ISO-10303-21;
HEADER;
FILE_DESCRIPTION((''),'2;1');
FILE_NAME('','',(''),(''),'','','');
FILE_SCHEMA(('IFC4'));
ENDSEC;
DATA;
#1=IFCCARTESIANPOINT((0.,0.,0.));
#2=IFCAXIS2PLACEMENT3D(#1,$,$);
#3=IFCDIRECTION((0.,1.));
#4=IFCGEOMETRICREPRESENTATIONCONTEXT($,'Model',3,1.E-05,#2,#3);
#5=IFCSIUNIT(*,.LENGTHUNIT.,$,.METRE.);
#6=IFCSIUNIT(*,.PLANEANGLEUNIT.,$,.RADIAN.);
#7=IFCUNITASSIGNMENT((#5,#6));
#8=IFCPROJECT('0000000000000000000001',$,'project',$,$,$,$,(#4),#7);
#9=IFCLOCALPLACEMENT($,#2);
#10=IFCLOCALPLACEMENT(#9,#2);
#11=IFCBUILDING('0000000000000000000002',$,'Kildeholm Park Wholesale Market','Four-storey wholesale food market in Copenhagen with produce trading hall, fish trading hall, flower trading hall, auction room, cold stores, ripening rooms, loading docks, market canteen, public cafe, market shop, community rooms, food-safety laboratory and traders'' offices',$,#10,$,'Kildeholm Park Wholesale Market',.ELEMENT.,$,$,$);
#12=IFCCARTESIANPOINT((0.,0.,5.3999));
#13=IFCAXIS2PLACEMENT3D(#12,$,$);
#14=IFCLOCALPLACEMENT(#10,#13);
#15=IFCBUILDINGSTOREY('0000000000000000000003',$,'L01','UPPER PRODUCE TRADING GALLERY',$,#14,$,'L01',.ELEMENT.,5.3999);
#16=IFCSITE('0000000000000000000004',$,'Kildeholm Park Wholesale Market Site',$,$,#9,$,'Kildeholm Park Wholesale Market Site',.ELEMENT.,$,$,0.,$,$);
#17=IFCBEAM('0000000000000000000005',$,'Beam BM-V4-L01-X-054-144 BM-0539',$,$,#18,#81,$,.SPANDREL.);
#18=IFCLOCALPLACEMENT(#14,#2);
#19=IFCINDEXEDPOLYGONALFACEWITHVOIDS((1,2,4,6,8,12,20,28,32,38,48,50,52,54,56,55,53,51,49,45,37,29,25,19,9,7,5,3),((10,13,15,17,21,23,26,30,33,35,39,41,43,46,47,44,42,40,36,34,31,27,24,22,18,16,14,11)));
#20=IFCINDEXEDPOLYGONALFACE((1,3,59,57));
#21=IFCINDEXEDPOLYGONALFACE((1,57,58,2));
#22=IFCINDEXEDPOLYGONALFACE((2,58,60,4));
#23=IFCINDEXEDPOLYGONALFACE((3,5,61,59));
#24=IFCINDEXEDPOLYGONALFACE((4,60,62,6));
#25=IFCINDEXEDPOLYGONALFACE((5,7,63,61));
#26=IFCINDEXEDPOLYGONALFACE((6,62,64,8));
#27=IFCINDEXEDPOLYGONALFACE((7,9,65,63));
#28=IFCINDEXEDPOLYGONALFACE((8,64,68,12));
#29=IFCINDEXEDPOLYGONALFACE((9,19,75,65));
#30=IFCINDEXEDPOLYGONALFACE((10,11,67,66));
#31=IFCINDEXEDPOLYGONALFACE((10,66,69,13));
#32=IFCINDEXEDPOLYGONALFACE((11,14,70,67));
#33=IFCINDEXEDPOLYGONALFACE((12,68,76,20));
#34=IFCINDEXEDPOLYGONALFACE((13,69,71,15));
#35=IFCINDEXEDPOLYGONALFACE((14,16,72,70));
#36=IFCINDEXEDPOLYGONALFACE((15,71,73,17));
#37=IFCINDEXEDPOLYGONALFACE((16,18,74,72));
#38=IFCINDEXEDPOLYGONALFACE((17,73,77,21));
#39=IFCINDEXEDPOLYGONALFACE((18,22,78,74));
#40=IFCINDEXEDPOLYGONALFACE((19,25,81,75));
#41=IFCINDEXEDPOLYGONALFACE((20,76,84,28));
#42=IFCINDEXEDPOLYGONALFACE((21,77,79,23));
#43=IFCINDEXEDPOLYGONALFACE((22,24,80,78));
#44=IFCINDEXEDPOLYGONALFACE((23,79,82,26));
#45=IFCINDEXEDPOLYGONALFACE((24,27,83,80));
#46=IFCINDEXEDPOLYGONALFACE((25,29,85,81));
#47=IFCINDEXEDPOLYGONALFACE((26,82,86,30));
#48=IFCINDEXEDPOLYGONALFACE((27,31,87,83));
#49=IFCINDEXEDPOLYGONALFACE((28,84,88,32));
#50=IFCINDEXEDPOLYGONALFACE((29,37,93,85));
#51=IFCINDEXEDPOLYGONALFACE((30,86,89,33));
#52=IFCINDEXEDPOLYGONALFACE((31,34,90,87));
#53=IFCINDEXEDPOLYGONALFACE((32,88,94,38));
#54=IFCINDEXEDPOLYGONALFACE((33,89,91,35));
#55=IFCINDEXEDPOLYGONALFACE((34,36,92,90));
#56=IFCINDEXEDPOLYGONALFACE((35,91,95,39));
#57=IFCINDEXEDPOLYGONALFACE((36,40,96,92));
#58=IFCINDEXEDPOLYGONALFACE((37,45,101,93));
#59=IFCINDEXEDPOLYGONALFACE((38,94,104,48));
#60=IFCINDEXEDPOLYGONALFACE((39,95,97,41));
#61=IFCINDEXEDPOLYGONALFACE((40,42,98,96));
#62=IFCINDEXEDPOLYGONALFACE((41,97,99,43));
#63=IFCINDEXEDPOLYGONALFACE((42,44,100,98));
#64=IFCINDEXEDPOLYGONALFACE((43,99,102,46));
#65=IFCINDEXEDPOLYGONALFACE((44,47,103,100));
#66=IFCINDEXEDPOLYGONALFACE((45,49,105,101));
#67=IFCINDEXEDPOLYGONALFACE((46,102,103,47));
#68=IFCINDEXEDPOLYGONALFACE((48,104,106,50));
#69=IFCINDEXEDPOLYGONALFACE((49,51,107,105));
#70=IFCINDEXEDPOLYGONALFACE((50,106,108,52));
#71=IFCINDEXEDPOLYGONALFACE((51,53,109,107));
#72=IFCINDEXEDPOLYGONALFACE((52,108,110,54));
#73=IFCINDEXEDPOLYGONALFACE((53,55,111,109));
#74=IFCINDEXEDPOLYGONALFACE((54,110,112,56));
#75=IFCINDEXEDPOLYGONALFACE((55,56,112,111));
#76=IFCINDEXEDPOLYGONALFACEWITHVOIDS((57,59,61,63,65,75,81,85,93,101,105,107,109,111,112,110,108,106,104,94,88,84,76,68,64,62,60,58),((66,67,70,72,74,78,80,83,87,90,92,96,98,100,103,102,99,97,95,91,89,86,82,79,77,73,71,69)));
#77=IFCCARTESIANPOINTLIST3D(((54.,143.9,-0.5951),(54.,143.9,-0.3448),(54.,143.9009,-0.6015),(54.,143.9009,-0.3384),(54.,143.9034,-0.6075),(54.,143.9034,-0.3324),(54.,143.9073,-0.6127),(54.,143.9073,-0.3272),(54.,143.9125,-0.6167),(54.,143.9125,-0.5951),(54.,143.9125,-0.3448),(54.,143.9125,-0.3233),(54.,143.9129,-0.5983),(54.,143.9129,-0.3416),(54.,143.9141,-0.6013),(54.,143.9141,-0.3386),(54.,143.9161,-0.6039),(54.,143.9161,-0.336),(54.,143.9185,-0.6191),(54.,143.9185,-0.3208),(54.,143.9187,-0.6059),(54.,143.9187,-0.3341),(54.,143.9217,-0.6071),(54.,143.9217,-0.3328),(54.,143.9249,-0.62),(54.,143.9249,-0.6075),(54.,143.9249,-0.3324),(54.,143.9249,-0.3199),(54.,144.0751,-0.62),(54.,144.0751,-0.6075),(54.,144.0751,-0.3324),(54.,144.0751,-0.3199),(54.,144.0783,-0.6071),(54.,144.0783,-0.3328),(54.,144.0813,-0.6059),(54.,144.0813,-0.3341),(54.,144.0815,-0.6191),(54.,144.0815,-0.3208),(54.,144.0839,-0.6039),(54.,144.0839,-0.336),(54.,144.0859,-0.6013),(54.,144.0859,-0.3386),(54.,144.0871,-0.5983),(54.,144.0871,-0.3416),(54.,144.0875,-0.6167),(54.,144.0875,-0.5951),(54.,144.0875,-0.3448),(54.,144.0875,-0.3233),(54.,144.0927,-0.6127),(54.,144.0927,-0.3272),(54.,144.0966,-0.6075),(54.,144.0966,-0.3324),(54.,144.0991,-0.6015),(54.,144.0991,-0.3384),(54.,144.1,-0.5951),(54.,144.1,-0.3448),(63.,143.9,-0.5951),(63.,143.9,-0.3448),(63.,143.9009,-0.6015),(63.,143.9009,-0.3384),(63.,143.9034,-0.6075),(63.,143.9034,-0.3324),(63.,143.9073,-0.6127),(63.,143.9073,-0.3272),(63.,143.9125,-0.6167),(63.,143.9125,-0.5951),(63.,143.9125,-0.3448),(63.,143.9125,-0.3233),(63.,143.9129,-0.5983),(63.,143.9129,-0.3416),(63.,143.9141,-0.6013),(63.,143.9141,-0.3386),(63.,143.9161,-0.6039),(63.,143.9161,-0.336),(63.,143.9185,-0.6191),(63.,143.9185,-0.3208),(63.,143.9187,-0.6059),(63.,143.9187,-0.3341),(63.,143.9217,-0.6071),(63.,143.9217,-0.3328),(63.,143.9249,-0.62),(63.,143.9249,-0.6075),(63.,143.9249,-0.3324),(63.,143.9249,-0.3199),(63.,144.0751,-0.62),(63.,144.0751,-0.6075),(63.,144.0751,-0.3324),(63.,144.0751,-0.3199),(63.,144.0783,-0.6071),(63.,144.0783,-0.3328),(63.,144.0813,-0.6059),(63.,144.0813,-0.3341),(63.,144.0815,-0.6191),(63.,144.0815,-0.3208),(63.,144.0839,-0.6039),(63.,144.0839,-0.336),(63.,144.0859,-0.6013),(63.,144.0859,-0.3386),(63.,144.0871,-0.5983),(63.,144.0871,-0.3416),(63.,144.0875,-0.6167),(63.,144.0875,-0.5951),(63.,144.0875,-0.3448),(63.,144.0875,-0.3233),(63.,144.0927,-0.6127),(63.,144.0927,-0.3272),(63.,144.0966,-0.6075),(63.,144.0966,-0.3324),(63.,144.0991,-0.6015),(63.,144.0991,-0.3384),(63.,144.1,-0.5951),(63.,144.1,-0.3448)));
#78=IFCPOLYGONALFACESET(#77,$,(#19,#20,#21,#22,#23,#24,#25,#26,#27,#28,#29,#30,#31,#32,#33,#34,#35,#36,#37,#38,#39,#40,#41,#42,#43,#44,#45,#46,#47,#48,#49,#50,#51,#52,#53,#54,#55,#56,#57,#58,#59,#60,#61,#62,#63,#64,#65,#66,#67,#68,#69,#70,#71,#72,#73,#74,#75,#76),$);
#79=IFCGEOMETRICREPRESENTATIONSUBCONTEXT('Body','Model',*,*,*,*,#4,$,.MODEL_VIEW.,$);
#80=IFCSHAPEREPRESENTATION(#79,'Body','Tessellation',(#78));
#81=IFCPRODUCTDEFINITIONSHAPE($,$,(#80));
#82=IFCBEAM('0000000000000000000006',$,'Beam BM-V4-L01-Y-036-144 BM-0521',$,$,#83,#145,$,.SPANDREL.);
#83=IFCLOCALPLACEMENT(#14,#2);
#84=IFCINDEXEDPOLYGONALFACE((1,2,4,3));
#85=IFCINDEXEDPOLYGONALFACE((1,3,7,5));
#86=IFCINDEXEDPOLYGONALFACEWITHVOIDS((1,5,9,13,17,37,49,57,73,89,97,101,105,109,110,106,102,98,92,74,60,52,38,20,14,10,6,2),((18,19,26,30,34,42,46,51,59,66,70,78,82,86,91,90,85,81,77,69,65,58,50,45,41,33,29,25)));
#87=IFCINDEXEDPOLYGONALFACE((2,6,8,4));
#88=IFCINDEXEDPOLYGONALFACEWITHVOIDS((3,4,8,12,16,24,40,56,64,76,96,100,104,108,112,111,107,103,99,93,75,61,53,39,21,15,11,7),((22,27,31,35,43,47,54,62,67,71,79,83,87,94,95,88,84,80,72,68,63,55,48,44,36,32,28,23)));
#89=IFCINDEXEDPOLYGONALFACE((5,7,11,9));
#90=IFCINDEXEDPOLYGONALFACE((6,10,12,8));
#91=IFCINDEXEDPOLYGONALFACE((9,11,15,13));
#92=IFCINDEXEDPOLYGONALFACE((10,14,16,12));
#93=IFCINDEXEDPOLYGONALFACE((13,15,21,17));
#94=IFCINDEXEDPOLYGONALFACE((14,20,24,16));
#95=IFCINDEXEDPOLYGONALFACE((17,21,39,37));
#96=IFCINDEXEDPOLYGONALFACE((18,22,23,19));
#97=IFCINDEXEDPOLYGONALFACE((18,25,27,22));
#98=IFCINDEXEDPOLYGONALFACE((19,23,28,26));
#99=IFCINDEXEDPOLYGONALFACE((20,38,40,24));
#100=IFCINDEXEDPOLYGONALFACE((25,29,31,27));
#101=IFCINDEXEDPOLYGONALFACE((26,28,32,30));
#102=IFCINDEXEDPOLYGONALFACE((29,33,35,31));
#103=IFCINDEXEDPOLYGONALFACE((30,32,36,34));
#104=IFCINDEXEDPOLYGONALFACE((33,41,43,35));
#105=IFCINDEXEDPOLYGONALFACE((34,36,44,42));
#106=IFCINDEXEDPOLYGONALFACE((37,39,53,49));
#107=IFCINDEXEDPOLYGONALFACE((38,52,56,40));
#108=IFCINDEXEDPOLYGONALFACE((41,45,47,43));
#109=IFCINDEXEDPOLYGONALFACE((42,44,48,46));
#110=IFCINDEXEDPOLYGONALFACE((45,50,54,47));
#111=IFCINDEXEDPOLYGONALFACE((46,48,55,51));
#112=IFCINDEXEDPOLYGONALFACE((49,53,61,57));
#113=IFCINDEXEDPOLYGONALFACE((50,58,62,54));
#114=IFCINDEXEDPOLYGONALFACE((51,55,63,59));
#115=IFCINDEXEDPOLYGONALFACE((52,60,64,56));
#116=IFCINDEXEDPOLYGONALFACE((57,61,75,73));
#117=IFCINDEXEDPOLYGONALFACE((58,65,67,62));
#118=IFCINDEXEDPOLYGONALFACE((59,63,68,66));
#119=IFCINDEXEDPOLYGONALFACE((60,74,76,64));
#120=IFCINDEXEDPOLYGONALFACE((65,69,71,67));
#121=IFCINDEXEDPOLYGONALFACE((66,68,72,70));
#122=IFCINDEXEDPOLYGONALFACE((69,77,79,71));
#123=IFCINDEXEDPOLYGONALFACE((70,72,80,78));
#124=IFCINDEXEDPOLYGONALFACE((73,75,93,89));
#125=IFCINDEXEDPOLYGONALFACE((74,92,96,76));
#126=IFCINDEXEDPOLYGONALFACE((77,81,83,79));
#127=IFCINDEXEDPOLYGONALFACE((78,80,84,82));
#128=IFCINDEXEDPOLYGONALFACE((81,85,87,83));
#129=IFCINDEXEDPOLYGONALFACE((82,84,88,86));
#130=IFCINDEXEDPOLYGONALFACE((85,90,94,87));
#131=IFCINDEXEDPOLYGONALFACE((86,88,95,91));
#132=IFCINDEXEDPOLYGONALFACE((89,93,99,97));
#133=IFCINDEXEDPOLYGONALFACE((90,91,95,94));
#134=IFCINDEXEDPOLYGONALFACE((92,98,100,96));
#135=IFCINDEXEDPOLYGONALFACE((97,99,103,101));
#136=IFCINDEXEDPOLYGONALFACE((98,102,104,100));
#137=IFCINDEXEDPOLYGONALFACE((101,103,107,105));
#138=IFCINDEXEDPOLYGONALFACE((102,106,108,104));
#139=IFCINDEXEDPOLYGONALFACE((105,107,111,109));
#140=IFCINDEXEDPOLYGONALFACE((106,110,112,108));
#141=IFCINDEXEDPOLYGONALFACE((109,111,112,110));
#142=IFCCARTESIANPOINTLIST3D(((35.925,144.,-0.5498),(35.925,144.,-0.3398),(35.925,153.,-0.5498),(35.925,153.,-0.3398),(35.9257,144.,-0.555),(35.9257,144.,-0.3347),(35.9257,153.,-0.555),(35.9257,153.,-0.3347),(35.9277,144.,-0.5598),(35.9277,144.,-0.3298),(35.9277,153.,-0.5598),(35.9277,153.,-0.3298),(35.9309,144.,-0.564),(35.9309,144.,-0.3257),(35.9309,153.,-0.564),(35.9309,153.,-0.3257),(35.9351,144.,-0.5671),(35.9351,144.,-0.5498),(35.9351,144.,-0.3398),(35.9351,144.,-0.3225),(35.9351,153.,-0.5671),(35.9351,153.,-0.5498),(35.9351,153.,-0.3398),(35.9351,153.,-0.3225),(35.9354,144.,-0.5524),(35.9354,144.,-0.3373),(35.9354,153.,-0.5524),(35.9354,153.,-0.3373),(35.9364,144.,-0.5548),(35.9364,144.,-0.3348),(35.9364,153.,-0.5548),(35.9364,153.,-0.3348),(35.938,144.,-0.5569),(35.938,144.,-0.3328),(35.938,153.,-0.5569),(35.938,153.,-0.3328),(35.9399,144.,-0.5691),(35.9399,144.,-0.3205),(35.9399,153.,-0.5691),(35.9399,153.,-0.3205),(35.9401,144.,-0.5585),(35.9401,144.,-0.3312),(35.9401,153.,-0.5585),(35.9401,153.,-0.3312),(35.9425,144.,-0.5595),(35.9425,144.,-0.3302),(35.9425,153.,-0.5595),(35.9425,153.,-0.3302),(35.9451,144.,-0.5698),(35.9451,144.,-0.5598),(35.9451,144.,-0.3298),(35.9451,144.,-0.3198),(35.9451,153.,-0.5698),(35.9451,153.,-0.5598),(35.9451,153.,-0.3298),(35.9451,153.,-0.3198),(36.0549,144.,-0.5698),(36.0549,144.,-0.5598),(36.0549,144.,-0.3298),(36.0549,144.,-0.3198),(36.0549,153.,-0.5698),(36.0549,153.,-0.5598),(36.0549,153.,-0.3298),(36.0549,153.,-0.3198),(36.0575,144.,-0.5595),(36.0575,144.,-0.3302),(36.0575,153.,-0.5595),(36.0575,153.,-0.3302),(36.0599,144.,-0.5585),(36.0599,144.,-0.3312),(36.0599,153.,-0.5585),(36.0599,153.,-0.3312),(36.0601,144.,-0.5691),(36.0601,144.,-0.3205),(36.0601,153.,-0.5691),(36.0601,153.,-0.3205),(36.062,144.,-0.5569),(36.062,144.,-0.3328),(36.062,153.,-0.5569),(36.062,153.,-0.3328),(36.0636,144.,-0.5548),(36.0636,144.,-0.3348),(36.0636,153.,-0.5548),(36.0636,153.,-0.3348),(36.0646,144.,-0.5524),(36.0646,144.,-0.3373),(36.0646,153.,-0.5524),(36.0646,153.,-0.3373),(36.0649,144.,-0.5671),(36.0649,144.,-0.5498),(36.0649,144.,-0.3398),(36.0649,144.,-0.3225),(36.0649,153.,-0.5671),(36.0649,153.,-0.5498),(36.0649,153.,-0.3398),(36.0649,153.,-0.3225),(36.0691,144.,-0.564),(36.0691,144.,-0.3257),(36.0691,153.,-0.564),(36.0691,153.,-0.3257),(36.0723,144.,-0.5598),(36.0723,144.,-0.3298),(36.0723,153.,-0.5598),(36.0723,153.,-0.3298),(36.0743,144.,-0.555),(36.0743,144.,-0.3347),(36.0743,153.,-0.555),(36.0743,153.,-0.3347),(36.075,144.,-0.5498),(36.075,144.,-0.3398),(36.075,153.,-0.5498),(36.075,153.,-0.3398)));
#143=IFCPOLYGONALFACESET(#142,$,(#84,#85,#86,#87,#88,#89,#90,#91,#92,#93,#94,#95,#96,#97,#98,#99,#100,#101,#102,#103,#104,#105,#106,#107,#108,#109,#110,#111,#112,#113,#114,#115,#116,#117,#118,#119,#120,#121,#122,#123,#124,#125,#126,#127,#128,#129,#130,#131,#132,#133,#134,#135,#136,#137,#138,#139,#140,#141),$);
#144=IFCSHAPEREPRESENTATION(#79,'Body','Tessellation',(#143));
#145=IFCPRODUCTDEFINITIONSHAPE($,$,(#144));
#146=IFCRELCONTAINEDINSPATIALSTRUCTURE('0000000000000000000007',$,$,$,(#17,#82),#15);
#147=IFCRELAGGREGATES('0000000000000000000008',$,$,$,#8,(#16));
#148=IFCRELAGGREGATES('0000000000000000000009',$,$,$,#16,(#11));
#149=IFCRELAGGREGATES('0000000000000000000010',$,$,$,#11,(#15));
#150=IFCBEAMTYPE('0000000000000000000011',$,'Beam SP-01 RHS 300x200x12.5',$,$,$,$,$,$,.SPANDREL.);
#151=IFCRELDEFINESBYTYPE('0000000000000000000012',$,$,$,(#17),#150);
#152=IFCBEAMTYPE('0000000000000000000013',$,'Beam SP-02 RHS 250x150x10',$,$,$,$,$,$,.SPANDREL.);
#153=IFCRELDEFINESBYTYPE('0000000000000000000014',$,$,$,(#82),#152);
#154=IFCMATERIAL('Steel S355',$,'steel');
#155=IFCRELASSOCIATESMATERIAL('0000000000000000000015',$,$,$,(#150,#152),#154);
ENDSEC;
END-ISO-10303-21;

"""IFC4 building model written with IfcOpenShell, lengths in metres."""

from ifc_helpers import new_model, si_unit, direction, frame, origin, origin_2d, place, context, subcontext, project, spatial, hollow_rectangle, extrude, material, material_profile, profile_set, type_object, element, save


model = new_model("IFC4")

# Units and contexts
model_context = context("Model", 3, precision=1e-05, world=origin(), true_north=direction((0.0, 1.0)))
body_context = subcontext(model_context, "Body", "Model", "MODEL_VIEW")
ifc_project = project(units=[si_unit("LENGTHUNIT", "METRE"), si_unit("PLANEANGLEUNIT", "RADIAN")], contexts=[model_context])

# Site, building, storey
site_placement = place(None, origin())
site = spatial("IfcSite", under=ifc_project, at=site_placement, Name="Kildeholm Park Wholesale Market Site", LongName="Kildeholm Park Wholesale Market Site", CompositionType="ELEMENT", RefElevation=0.0)
building_placement = place(site_placement, origin())
building = spatial("IfcBuilding", under=site, at=building_placement, Name="Kildeholm Park Wholesale Market", Description="Four-storey wholesale food market in Copenhagen with produce trading hall, fish trading hall, flower trading hall, auction room, cold stores, ripening rooms, loading docks, market canteen, public cafe, market shop, community rooms, food-safety laboratory and traders' offices", LongName="Kildeholm Park Wholesale Market", CompositionType="ELEMENT")
storey_placement = place(building_placement, frame((0.0, 0.0, 5.3999)))
storey = spatial("IfcBuildingStorey", under=building, at=storey_placement, Name="L01", Description="UPPER PRODUCE TRADING GALLERY", LongName="L01", CompositionType="ELEMENT", Elevation=5.3999)

# Beams
ifc_material_1 = material(Name="Steel S355", Category="steel")
ifc_material_profile_1 = material_profile(ifc_material_1, hollow_rectangle(XDim=0.2, YDim=0.3, WallThickness=0.0125, InnerFilletRadius=0.0125, OuterFilletRadius=0.0249, at=origin_2d()), Name="RHS 300x200x12.5")
ifc_profile_set_1 = profile_set([ifc_material_profile_1], Name="Steel S355")
beam_type_1 = type_object("IfcBeamType", Name="Beam SP-01 RHS 300x200x12.5", PredefinedType="SPANDREL", material=ifc_profile_set_1)
for number, where, z_axis, x_axis, name in (
    (1, (54.0, 144.0, -0.47), (1.0, 0.0, 0.0), (0.0, 1.0, 0.0), "Beam BM-V4-L01-X-054-144 BM-0539"),
):
    element("IfcBeam", number, at=place(storey_placement, frame(where, z_axis=z_axis, x_axis=x_axis)), inside=storey, type_object=beam_type_1, Name=name, PredefinedType="SPANDREL", context=body_context, shape_type="SweptSolid", body=[
        extrude(hollow_rectangle(XDim=0.2, YDim=0.3, WallThickness=0.0125, InnerFilletRadius=0.0125, OuterFilletRadius=0.0249, at=origin_2d()), origin(), (0.0, 0.0, 1.0), 9.0),
    ])
ifc_material_profile_2 = material_profile(ifc_material_1, hollow_rectangle(XDim=0.1499, YDim=0.25, WallThickness=0.01, InnerFilletRadius=0.01, OuterFilletRadius=0.02, at=origin_2d()), Name="RHS 250x150x10")
ifc_profile_set_2 = profile_set([ifc_material_profile_2], Name="Steel S355")
beam_type_2 = type_object("IfcBeamType", Name="Beam SP-02 RHS 250x150x10", PredefinedType="SPANDREL", material=ifc_profile_set_2)
for number, where, z_axis, x_axis, name in (
    (2, (36.0, 144.0, -0.4448), (0.0, 1.0, 0.0), (-1.0, 0.0, 0.0), "Beam BM-V4-L01-Y-036-144 BM-0521"),
):
    element("IfcBeam", number, at=place(storey_placement, frame(where, z_axis=z_axis, x_axis=x_axis)), inside=storey, type_object=beam_type_2, Name=name, PredefinedType="SPANDREL", context=body_context, shape_type="SweptSolid", body=[
        extrude(hollow_rectangle(XDim=0.1499, YDim=0.25, WallThickness=0.01, InnerFilletRadius=0.01, OuterFilletRadius=0.02, at=origin_2d()), origin(), (0.0, 0.0, 1.0), 9.0),
    ])

save(model, "model.ifc")
